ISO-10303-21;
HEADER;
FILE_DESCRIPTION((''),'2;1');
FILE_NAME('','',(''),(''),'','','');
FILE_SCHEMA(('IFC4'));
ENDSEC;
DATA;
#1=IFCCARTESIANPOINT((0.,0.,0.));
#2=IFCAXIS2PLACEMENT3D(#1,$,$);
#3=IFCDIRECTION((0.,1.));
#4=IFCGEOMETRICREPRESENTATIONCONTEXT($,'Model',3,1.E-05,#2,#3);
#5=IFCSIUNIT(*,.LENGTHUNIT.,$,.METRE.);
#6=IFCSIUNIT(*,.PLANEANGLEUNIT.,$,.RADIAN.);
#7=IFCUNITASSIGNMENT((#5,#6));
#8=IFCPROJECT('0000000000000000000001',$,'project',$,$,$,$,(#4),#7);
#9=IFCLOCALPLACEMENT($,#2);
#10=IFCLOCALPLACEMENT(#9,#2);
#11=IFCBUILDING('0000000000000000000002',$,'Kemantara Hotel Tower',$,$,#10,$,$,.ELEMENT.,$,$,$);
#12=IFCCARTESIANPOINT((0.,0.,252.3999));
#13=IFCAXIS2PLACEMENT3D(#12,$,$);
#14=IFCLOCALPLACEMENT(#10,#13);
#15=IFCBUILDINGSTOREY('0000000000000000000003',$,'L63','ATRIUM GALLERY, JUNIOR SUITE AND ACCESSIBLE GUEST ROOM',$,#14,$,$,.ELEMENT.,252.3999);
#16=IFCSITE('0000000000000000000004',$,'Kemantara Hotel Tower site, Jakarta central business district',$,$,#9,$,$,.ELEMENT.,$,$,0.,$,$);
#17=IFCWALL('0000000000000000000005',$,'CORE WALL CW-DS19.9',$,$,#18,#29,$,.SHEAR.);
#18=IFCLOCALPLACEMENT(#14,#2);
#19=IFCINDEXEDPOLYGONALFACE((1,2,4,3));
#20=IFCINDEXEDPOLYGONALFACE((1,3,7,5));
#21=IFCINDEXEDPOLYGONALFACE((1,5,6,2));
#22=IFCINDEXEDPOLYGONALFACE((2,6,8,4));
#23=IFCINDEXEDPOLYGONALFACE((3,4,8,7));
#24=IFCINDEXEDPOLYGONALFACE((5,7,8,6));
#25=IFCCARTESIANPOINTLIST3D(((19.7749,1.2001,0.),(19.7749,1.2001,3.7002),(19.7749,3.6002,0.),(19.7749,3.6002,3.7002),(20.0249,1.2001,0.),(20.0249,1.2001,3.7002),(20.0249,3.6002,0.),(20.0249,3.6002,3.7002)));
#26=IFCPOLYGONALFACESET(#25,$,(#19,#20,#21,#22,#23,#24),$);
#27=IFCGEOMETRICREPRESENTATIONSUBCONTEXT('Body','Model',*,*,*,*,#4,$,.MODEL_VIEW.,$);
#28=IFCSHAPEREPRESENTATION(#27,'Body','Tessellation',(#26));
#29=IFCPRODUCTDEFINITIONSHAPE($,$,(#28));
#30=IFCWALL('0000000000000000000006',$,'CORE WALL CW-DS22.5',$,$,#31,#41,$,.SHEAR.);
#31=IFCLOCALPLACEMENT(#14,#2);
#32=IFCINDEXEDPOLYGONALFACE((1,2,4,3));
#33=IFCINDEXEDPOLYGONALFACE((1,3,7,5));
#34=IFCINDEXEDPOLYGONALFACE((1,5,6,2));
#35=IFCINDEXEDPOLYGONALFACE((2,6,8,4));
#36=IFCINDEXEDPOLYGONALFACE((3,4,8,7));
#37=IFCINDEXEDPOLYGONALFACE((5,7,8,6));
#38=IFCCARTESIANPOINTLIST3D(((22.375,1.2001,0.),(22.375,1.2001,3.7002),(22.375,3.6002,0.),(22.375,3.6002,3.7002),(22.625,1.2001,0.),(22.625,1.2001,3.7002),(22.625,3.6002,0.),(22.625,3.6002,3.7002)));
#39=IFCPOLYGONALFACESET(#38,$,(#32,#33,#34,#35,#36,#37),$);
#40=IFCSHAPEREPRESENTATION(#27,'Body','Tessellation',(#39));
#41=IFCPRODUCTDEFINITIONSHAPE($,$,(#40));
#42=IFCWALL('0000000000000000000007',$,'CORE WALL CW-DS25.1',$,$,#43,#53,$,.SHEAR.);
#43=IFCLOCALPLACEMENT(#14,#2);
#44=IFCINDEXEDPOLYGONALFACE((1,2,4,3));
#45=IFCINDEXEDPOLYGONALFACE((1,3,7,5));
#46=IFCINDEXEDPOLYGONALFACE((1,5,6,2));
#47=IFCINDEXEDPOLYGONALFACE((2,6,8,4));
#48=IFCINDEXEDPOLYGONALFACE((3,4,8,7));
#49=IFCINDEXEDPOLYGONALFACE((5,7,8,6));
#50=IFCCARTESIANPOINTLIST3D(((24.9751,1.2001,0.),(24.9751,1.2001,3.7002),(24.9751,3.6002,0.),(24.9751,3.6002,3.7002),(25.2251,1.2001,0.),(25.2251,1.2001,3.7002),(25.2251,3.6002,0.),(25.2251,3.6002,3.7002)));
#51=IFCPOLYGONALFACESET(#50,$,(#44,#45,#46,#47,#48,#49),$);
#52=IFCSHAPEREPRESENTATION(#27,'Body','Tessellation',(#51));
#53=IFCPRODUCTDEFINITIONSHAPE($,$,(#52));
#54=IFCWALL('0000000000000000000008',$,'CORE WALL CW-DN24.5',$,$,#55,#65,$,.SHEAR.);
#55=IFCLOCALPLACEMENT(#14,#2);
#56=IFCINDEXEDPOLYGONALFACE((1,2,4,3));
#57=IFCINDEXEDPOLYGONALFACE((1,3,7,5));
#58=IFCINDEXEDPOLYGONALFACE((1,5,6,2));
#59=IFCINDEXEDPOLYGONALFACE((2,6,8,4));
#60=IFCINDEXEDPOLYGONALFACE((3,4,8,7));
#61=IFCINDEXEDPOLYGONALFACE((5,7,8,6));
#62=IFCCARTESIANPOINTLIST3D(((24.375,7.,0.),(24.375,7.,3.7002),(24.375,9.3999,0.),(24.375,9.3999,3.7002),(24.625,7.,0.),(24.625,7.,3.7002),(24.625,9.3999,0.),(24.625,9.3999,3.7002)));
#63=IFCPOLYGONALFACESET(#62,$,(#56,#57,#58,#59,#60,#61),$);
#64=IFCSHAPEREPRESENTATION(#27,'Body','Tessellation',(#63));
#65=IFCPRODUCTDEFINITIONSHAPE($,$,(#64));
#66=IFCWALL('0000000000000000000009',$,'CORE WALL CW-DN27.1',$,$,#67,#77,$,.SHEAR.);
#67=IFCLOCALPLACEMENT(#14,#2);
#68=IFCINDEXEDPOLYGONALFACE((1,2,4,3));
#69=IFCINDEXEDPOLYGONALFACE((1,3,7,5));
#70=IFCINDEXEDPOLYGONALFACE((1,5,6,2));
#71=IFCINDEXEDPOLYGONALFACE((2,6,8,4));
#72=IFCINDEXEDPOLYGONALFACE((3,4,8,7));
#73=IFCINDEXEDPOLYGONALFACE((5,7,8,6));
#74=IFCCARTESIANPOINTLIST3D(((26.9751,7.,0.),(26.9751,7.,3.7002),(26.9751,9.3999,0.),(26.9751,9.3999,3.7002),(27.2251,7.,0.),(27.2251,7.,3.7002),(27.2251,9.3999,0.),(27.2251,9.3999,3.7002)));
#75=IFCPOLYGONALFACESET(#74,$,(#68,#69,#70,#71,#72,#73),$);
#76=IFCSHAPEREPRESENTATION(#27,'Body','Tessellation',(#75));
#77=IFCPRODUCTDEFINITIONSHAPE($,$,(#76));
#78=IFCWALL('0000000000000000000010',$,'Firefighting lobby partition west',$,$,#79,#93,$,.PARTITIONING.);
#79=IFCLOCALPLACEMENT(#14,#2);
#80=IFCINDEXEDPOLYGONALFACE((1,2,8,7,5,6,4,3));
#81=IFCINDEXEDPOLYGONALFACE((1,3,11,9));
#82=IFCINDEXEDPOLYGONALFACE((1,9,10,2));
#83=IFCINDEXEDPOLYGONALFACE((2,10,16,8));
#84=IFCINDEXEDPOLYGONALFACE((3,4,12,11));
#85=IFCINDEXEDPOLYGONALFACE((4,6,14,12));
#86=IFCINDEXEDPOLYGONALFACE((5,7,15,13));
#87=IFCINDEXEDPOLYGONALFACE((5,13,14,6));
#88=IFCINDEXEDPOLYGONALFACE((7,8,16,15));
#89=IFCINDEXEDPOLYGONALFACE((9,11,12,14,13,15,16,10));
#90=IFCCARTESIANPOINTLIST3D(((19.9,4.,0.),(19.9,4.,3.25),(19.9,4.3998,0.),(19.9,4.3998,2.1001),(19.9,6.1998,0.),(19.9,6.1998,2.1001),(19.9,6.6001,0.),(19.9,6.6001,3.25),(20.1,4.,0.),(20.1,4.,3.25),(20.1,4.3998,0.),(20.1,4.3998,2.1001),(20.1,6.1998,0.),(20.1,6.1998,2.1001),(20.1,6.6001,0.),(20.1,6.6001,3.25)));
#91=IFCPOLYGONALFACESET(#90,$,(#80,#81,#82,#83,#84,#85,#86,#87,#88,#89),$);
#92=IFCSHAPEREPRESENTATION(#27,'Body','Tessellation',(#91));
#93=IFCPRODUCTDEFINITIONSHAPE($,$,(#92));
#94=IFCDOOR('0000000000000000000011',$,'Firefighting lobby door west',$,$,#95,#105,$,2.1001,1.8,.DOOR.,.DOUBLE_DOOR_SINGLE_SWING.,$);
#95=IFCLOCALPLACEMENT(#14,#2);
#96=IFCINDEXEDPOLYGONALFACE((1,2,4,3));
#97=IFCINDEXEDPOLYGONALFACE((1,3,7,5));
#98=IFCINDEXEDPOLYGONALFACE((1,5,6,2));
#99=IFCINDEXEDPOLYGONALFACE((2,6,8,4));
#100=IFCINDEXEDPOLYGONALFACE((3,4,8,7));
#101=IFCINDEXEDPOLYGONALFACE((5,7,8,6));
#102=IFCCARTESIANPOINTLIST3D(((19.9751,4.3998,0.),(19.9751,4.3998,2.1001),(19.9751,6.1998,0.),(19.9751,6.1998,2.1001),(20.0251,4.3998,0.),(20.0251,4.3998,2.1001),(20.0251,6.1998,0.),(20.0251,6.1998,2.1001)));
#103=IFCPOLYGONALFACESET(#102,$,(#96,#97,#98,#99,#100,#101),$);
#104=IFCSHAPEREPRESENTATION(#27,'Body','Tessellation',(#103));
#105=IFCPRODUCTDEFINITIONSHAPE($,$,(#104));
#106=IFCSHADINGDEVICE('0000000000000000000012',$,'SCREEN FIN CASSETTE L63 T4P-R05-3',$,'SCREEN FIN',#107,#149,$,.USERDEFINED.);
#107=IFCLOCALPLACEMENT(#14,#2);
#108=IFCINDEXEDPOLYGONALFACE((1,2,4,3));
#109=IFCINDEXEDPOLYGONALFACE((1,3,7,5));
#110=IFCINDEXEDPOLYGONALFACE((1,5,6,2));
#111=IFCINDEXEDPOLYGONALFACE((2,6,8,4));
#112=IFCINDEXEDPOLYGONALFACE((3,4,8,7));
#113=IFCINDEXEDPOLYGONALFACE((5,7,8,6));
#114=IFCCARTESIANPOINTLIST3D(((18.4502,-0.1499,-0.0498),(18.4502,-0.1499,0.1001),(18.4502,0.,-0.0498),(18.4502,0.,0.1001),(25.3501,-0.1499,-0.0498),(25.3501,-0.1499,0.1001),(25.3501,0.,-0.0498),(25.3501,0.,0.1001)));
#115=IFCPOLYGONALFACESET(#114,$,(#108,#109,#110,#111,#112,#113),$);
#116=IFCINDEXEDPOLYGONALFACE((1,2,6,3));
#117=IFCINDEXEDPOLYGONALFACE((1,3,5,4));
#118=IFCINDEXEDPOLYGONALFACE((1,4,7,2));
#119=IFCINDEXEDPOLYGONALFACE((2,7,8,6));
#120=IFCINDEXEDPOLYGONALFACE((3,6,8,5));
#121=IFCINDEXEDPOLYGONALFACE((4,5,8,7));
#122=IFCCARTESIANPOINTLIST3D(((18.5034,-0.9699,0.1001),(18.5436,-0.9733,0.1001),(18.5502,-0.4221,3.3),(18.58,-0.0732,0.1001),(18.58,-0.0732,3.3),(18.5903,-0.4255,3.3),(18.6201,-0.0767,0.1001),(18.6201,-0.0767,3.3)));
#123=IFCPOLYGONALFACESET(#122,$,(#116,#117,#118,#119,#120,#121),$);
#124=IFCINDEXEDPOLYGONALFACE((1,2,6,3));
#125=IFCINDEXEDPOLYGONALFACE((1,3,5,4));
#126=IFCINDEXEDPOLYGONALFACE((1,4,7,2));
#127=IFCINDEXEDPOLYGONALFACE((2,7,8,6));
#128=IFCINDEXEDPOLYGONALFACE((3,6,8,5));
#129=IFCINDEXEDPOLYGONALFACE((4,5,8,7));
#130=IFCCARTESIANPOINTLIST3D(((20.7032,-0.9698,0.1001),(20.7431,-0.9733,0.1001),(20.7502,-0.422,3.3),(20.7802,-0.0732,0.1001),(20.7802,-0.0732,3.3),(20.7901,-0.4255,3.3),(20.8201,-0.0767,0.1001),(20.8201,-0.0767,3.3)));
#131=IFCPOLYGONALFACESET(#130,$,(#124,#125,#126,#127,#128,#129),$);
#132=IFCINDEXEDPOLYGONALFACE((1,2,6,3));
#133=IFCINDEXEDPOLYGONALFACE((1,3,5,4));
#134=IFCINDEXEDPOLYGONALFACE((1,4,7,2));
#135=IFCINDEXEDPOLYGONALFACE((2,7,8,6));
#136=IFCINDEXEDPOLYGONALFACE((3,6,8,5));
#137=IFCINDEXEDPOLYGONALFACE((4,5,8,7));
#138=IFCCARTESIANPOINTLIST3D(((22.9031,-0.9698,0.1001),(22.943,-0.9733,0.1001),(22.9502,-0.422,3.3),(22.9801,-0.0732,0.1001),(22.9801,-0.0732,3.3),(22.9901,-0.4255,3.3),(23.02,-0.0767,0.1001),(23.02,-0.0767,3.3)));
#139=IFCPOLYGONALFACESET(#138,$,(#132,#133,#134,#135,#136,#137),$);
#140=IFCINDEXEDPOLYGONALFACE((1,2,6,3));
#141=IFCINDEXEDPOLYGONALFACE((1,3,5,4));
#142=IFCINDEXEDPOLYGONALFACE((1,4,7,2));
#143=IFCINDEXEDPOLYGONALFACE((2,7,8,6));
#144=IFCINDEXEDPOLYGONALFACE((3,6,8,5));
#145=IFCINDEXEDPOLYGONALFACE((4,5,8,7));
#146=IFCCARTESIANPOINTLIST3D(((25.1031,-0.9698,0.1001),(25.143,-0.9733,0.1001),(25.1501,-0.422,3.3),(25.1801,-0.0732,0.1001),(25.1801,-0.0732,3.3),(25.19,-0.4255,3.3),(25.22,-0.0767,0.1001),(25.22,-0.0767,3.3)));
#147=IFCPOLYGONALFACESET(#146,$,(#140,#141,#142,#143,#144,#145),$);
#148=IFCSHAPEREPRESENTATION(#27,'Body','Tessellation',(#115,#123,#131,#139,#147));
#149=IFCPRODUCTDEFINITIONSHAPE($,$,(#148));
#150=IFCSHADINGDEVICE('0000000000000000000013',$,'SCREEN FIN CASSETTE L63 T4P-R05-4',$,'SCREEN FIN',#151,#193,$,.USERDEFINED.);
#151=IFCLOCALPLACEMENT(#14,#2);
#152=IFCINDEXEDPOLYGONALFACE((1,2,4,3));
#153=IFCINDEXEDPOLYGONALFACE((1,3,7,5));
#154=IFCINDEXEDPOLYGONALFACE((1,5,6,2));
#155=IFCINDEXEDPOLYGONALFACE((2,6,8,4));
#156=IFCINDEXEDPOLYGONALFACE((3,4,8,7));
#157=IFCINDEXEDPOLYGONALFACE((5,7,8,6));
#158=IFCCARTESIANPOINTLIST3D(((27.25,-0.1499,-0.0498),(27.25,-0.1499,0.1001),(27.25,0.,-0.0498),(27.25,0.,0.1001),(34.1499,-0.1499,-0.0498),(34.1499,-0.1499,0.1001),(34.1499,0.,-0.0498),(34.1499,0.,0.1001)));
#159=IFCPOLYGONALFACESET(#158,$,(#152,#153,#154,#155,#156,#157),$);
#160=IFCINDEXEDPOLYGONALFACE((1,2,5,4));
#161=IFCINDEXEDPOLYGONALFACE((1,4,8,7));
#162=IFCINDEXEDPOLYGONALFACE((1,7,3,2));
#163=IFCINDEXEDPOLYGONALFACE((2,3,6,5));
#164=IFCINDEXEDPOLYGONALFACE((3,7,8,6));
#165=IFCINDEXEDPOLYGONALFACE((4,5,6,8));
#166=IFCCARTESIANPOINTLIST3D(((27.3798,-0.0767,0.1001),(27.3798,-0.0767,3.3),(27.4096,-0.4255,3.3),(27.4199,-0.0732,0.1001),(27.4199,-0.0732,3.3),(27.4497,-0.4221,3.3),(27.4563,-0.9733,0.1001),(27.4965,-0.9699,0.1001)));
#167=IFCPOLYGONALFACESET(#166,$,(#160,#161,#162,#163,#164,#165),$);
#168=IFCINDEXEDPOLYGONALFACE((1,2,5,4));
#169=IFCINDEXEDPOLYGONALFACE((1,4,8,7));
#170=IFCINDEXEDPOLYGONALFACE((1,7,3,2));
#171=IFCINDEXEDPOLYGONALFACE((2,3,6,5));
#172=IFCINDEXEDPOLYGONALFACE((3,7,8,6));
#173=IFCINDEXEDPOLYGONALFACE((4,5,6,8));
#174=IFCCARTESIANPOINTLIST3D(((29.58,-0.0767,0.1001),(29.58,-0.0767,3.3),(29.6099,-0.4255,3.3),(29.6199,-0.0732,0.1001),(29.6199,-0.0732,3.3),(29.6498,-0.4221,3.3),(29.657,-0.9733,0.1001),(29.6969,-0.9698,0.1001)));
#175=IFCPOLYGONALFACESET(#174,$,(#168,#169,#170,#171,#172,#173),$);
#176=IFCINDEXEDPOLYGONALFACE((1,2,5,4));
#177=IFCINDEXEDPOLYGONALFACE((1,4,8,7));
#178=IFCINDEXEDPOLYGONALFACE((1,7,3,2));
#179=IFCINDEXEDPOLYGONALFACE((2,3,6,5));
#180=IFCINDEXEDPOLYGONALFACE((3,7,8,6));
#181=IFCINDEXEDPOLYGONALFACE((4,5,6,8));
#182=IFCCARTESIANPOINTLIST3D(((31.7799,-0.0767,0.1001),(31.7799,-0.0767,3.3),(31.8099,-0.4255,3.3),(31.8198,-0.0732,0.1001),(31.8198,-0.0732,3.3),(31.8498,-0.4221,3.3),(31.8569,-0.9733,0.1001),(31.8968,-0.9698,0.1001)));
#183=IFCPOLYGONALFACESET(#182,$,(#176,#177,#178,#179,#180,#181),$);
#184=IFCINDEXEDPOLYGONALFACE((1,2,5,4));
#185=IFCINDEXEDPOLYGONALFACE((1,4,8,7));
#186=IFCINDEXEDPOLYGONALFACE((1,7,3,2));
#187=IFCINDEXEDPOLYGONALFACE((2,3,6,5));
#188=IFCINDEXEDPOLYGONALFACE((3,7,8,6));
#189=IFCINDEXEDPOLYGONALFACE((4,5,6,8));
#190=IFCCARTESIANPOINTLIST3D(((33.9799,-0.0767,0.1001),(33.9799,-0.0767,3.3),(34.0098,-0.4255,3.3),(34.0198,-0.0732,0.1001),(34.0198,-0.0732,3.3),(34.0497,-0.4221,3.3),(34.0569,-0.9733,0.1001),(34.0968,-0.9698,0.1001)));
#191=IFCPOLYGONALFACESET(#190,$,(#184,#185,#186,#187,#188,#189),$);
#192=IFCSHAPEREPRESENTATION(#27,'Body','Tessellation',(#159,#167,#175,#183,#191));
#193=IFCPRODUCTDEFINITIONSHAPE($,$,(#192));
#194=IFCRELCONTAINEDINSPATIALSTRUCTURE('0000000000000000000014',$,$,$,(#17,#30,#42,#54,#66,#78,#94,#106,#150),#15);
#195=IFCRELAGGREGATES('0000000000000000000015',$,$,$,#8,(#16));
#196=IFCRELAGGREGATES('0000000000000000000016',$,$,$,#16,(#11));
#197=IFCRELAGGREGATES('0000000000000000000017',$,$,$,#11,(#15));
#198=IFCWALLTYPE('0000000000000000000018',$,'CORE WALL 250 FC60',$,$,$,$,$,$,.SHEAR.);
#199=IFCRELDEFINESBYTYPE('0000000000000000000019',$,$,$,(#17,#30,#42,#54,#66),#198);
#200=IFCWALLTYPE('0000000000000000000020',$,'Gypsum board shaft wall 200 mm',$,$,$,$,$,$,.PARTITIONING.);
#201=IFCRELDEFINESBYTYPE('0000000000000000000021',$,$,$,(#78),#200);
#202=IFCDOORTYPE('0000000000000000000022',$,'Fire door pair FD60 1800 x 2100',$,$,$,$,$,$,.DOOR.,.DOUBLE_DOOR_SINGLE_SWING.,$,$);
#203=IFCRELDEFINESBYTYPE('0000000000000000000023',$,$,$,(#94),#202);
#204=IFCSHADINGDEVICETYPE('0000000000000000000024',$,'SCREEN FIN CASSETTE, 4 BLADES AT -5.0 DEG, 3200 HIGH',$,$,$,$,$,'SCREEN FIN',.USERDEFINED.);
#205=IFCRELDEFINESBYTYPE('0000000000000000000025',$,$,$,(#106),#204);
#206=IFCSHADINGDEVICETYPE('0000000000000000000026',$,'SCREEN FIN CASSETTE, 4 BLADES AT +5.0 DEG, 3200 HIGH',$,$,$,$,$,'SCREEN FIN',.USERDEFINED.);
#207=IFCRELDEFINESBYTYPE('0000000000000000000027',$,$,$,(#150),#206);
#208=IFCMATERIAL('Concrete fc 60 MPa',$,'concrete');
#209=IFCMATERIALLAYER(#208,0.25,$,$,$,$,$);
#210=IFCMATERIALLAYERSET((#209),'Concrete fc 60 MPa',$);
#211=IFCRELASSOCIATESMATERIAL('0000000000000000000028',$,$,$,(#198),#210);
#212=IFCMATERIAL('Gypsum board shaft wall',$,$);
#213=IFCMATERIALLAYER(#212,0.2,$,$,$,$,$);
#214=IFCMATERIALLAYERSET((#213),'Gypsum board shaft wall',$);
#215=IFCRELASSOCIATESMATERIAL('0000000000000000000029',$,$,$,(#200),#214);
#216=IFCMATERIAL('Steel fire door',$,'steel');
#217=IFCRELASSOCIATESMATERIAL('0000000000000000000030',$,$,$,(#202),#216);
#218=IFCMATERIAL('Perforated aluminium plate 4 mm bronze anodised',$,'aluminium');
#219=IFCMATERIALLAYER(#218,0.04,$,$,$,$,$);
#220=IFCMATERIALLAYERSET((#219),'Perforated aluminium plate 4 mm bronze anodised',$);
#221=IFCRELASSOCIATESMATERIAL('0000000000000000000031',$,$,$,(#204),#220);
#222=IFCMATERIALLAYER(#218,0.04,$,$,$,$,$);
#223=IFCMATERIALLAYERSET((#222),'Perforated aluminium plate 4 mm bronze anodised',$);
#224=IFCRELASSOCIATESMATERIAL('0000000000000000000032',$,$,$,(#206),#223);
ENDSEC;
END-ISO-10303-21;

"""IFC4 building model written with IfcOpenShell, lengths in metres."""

from ifc_helpers import new_model, si_unit, direction, frame, frame_2d, origin, origin_2d, place, context, subcontext, project, spatial, polyline, rectangle, outline, extrude, source, transform, mapped, material, layer, layer_set, type_object, element, fill, save


model = new_model("IFC4")

# Units and contexts
model_context = context("Model", 3, precision=1e-05, world=origin(), true_north=direction((0.0, 1.0)))
body_context = subcontext(model_context, "Body", "Model", "MODEL_VIEW")
ifc_project = project(units=[si_unit("LENGTHUNIT", "METRE"), si_unit("PLANEANGLEUNIT", "RADIAN")], contexts=[model_context])

# Site, building, storey
site_placement = place(None, origin())
site = spatial("IfcSite", under=ifc_project, at=site_placement, Name="Kemantara Hotel Tower site, Jakarta central business district", CompositionType="ELEMENT", RefElevation=0.0)
building_placement = place(site_placement, origin())
building = spatial("IfcBuilding", under=site, at=building_placement, Name="Kemantara Hotel Tower", CompositionType="ELEMENT")
storey_placement = place(building_placement, frame((0.0, 0.0, 252.3999)))
storey = spatial("IfcBuildingStorey", under=building, at=storey_placement, Name="L63", Description="ATRIUM GALLERY, JUNIOR SUITE AND ACCESSIBLE GUEST ROOM", CompositionType="ELEMENT", Elevation=252.3999)

# Walls
ifc_material_1 = material(Name="Concrete fc 60 MPa", Category="concrete")
ifc_layer_1 = layer(ifc_material_1, 0.25)
ifc_layer_set_1 = layer_set([ifc_layer_1], Name="Concrete fc 60 MPa")
wall_type_1 = type_object("IfcWallType", Name="CORE WALL 250 FC60", PredefinedType="SHEAR", material=ifc_layer_set_1)
for number, where, z_axis, x_axis, name in (
    (1, (19.8999, 1.2, 0.0), (0.0, 0.0, 1.0), (0.0, 1.0, 0.0), "CORE WALL CW-DS19.9"),
    (2, (22.5, 1.2, 0.0), (0.0, 0.0, 1.0), (0.0, 1.0, 0.0), "CORE WALL CW-DS22.5"),
    (3, (25.1001, 1.2, 0.0), (0.0, 0.0, 1.0), (0.0, 1.0, 0.0), "CORE WALL CW-DS25.1"),
):
    element("IfcWall", number, at=place(storey_placement, frame(where, z_axis=z_axis, x_axis=x_axis)), inside=storey, type_object=wall_type_1, Name=name, PredefinedType="SHEAR", context=body_context, shape_type="SweptSolid", body=[
        extrude(rectangle(XDim=2.4001, YDim=0.25, at=frame_2d((1.2002, 0.0))), origin(), (0.0, 0.0, 1.0), 3.7002),
    ])
for number, where, z_axis, x_axis, name in (
    (4, (24.5, 7.0, 0.0), (0.0, 0.0, 1.0), (0.0, 1.0, 0.0), "CORE WALL CW-DN24.5"),
    (5, (27.1001, 7.0, 0.0), (0.0, 0.0, 1.0), (0.0, 1.0, 0.0), "CORE WALL CW-DN27.1"),
):
    element("IfcWall", number, at=place(storey_placement, frame(where, z_axis=z_axis, x_axis=x_axis)), inside=storey, type_object=wall_type_1, Name=name, PredefinedType="SHEAR", context=body_context, shape_type="SweptSolid", body=[
        extrude(rectangle(XDim=2.3999, YDim=0.25, at=frame_2d((1.2, 0.0))), origin(), (0.0, 0.0, 1.0), 3.7002),
    ])

# Wall, opening, door
ifc_material_2 = material(Name="Gypsum board shaft wall")
ifc_layer_2 = layer(ifc_material_2, 0.2)
ifc_layer_set_2 = layer_set([ifc_layer_2], Name="Gypsum board shaft wall")
wall_type_2 = type_object("IfcWallType", Name="Gypsum board shaft wall 200 mm", PredefinedType="PARTITIONING", material=ifc_layer_set_2)
wall_placement = place(storey_placement, frame((20.0, 4.0, 0.0), z_axis=(0.0, 0.0, 1.0), x_axis=(0.0, 1.0, 0.0)))
wall = element("IfcWall", 6, at=wall_placement, inside=storey, type_object=wall_type_2, Name="Firefighting lobby partition west", PredefinedType="PARTITIONING", context=body_context, shape_type="SweptSolid", body=[
    extrude(rectangle(XDim=2.6001, YDim=0.2, at=frame_2d((1.3, 0.0))), origin(), (0.0, 0.0, 1.0), 3.25),
])
opening_placement = place(wall_placement, frame((0.3999, 0.0, 0.0)))
opening = element("IfcOpeningElement", 7, at=opening_placement, cuts=wall, PredefinedType="OPENING", context=body_context, shape_type="SweptSolid", body=[
    extrude(rectangle(XDim=1.8, YDim=2.1001, at=frame_2d((0.8999, 1.05))), frame((0.0, 0.1099, 0.0), z_axis=(0.0, -1.0, 0.0), x_axis=(1.0, 0.0, 0.0)), (0.0, 0.0, 1.0), 0.22),
])
ifc_material_3 = material(Name="Steel fire door", Category="steel")
door_type = type_object("IfcDoorType", Name="Fire door pair FD60 1800 x 2100", OperationType="DOUBLE_DOOR_SINGLE_SWING", PredefinedType="DOOR", material=ifc_material_3)
door_placement = place(opening_placement, origin())
door = element("IfcDoor", 8, at=door_placement, inside=storey, type_object=door_type, Name="Firefighting lobby door west", OperationType="DOUBLE_DOOR_SINGLE_SWING", OverallHeight=2.1001, OverallWidth=1.8, PredefinedType="DOOR", context=body_context, shape_type="SweptSolid", body=[
    extrude(rectangle(XDim=1.8, YDim=2.1001, at=frame_2d((0.8999, 1.05))), frame((0.0, 0.0249, 0.0), z_axis=(0.0, -1.0, 0.0), x_axis=(1.0, 0.0, 0.0)), (0.0, 0.0, 1.0), 0.05),
])
fill(opening, door)

# Shading devices
ifc_material_4 = material(Name="Perforated aluminium plate 4 mm bronze anodised", Category="aluminium")
ifc_layer_3 = layer(ifc_material_4, 0.04)
ifc_layer_set_3 = layer_set([ifc_layer_3], Name="Perforated aluminium plate 4 mm bronze anodised")
shading_device_type_1 = type_object("IfcShadingDeviceType", Name="SCREEN FIN CASSETTE, 4 BLADES AT -5.0 DEG, 3200 HIGH", ElementType="SCREEN FIN", PredefinedType="USERDEFINED", material=ifc_layer_set_3)
shared_shape_1 = source(origin(), body_context, "Body", "SweptSolid", [
    extrude(rectangle(XDim=6.8999, YDim=0.1499, at=origin_2d()), frame((3.3, -0.075, -0.1499), z_axis=(0.0, 0.0, 1.0), x_axis=(1.0, 0.0, 0.0)), (0.0, 0.0, 1.0), 0.1499),
    extrude(outline(polyline([(0.0, 0.0), (0.8999, 0.0), (0.3501, 3.2), (0.0, 3.2), (0.0, 0.0)])), frame((0.02, -0.0767, 0.0), z_axis=(-0.996376, 0.085056, 0.0), x_axis=(-0.085056, -0.996376, 0.0)), (0.0, 0.0, 1.0), 0.0403),
    extrude(outline(polyline([(0.0, 0.0), (0.8999, 0.0), (0.3501, 3.2), (0.0, 3.2), (0.0, 0.0)])), frame((2.22, -0.0767, 0.0), z_axis=(-0.996332, 0.085575, 0.0), x_axis=(-0.085575, -0.996332, 0.0)), (0.0, 0.0, 1.0), 0.04),
    extrude(outline(polyline([(0.0, 0.0), (0.8999, 0.0), (0.3501, 3.2), (0.0, 3.2), (0.0, 0.0)])), frame((4.4199, -0.0767, 0.0), z_axis=(-0.996332, 0.085575, 0.0), x_axis=(-0.085575, -0.996332, 0.0)), (0.0, 0.0, 1.0), 0.04),
    extrude(outline(polyline([(0.0, 0.0), (0.8999, 0.0), (0.3501, 3.2), (0.0, 3.2), (0.0, 0.0)])), frame((6.6199, -0.0767, 0.0), z_axis=(-0.996332, 0.085575, 0.0), x_axis=(-0.085575, -0.996332, 0.0)), (0.0, 0.0, 1.0), 0.04),
])
shading_device_1_placement = place(storey_placement, frame((18.6001, 0.0, 0.1001), z_axis=(0.0, 0.0, 1.0), x_axis=(1.0, 0.0, 0.0)))
element("IfcShadingDevice", 9, at=shading_device_1_placement, inside=storey, type_object=shading_device_type_1, Name="SCREEN FIN CASSETTE L63 T4P-R05-3", ObjectType="SCREEN FIN", PredefinedType="USERDEFINED", context=body_context, shape_type="MappedRepresentation", body=[
    mapped(shared_shape_1, transform((0.0, 0.0, 0.0))),
])
ifc_layer_4 = layer(ifc_material_4, 0.04)
ifc_layer_set_4 = layer_set([ifc_layer_4], Name="Perforated aluminium plate 4 mm bronze anodised")
shading_device_type_2 = type_object("IfcShadingDeviceType", Name="SCREEN FIN CASSETTE, 4 BLADES AT +5.0 DEG, 3200 HIGH", ElementType="SCREEN FIN", PredefinedType="USERDEFINED", material=ifc_layer_set_4)
shared_shape_2 = source(origin(), body_context, "Body", "SweptSolid", [
    extrude(rectangle(XDim=6.8999, YDim=0.1499, at=origin_2d()), frame((3.3, -0.075, -0.1499), z_axis=(0.0, 0.0, 1.0), x_axis=(1.0, 0.0, 0.0)), (0.0, 0.0, 1.0), 0.1499),
    extrude(outline(polyline([(0.0, 0.0), (0.8999, 0.0), (0.3501, 3.2), (0.0, 3.2), (0.0, 0.0)])), frame((0.02, -0.0732, 0.0), z_axis=(-0.996376, -0.085056, 0.0), x_axis=(0.085056, -0.996376, 0.0)), (0.0, 0.0, 1.0), 0.0403),
    extrude(outline(polyline([(0.0, 0.0), (0.8999, 0.0), (0.3501, 3.2), (0.0, 3.2), (0.0, 0.0)])), frame((2.22, -0.0732, 0.0), z_axis=(-0.996332, -0.085575, 0.0), x_axis=(0.085575, -0.996332, 0.0)), (0.0, 0.0, 1.0), 0.04),
    extrude(outline(polyline([(0.0, 0.0), (0.8999, 0.0), (0.3501, 3.2), (0.0, 3.2), (0.0, 0.0)])), frame((4.4199, -0.0732, 0.0), z_axis=(-0.996332, -0.085575, 0.0), x_axis=(0.085575, -0.996332, 0.0)), (0.0, 0.0, 1.0), 0.04),
    extrude(outline(polyline([(0.0, 0.0), (0.8999, 0.0), (0.3501, 3.2), (0.0, 3.2), (0.0, 0.0)])), frame((6.6199, -0.0732, 0.0), z_axis=(-0.996332, -0.085575, 0.0), x_axis=(0.085575, -0.996332, 0.0)), (0.0, 0.0, 1.0), 0.04),
])
shading_device_2_placement = place(storey_placement, frame((27.3999, 0.0, 0.1001), z_axis=(0.0, 0.0, 1.0), x_axis=(1.0, 0.0, 0.0)))
element("IfcShadingDevice", 10, at=shading_device_2_placement, inside=storey, type_object=shading_device_type_2, Name="SCREEN FIN CASSETTE L63 T4P-R05-4", ObjectType="SCREEN FIN", PredefinedType="USERDEFINED", context=body_context, shape_type="MappedRepresentation", body=[
    mapped(shared_shape_2, transform((0.0, 0.0, 0.0))),
])

save(model, "model.ifc")
